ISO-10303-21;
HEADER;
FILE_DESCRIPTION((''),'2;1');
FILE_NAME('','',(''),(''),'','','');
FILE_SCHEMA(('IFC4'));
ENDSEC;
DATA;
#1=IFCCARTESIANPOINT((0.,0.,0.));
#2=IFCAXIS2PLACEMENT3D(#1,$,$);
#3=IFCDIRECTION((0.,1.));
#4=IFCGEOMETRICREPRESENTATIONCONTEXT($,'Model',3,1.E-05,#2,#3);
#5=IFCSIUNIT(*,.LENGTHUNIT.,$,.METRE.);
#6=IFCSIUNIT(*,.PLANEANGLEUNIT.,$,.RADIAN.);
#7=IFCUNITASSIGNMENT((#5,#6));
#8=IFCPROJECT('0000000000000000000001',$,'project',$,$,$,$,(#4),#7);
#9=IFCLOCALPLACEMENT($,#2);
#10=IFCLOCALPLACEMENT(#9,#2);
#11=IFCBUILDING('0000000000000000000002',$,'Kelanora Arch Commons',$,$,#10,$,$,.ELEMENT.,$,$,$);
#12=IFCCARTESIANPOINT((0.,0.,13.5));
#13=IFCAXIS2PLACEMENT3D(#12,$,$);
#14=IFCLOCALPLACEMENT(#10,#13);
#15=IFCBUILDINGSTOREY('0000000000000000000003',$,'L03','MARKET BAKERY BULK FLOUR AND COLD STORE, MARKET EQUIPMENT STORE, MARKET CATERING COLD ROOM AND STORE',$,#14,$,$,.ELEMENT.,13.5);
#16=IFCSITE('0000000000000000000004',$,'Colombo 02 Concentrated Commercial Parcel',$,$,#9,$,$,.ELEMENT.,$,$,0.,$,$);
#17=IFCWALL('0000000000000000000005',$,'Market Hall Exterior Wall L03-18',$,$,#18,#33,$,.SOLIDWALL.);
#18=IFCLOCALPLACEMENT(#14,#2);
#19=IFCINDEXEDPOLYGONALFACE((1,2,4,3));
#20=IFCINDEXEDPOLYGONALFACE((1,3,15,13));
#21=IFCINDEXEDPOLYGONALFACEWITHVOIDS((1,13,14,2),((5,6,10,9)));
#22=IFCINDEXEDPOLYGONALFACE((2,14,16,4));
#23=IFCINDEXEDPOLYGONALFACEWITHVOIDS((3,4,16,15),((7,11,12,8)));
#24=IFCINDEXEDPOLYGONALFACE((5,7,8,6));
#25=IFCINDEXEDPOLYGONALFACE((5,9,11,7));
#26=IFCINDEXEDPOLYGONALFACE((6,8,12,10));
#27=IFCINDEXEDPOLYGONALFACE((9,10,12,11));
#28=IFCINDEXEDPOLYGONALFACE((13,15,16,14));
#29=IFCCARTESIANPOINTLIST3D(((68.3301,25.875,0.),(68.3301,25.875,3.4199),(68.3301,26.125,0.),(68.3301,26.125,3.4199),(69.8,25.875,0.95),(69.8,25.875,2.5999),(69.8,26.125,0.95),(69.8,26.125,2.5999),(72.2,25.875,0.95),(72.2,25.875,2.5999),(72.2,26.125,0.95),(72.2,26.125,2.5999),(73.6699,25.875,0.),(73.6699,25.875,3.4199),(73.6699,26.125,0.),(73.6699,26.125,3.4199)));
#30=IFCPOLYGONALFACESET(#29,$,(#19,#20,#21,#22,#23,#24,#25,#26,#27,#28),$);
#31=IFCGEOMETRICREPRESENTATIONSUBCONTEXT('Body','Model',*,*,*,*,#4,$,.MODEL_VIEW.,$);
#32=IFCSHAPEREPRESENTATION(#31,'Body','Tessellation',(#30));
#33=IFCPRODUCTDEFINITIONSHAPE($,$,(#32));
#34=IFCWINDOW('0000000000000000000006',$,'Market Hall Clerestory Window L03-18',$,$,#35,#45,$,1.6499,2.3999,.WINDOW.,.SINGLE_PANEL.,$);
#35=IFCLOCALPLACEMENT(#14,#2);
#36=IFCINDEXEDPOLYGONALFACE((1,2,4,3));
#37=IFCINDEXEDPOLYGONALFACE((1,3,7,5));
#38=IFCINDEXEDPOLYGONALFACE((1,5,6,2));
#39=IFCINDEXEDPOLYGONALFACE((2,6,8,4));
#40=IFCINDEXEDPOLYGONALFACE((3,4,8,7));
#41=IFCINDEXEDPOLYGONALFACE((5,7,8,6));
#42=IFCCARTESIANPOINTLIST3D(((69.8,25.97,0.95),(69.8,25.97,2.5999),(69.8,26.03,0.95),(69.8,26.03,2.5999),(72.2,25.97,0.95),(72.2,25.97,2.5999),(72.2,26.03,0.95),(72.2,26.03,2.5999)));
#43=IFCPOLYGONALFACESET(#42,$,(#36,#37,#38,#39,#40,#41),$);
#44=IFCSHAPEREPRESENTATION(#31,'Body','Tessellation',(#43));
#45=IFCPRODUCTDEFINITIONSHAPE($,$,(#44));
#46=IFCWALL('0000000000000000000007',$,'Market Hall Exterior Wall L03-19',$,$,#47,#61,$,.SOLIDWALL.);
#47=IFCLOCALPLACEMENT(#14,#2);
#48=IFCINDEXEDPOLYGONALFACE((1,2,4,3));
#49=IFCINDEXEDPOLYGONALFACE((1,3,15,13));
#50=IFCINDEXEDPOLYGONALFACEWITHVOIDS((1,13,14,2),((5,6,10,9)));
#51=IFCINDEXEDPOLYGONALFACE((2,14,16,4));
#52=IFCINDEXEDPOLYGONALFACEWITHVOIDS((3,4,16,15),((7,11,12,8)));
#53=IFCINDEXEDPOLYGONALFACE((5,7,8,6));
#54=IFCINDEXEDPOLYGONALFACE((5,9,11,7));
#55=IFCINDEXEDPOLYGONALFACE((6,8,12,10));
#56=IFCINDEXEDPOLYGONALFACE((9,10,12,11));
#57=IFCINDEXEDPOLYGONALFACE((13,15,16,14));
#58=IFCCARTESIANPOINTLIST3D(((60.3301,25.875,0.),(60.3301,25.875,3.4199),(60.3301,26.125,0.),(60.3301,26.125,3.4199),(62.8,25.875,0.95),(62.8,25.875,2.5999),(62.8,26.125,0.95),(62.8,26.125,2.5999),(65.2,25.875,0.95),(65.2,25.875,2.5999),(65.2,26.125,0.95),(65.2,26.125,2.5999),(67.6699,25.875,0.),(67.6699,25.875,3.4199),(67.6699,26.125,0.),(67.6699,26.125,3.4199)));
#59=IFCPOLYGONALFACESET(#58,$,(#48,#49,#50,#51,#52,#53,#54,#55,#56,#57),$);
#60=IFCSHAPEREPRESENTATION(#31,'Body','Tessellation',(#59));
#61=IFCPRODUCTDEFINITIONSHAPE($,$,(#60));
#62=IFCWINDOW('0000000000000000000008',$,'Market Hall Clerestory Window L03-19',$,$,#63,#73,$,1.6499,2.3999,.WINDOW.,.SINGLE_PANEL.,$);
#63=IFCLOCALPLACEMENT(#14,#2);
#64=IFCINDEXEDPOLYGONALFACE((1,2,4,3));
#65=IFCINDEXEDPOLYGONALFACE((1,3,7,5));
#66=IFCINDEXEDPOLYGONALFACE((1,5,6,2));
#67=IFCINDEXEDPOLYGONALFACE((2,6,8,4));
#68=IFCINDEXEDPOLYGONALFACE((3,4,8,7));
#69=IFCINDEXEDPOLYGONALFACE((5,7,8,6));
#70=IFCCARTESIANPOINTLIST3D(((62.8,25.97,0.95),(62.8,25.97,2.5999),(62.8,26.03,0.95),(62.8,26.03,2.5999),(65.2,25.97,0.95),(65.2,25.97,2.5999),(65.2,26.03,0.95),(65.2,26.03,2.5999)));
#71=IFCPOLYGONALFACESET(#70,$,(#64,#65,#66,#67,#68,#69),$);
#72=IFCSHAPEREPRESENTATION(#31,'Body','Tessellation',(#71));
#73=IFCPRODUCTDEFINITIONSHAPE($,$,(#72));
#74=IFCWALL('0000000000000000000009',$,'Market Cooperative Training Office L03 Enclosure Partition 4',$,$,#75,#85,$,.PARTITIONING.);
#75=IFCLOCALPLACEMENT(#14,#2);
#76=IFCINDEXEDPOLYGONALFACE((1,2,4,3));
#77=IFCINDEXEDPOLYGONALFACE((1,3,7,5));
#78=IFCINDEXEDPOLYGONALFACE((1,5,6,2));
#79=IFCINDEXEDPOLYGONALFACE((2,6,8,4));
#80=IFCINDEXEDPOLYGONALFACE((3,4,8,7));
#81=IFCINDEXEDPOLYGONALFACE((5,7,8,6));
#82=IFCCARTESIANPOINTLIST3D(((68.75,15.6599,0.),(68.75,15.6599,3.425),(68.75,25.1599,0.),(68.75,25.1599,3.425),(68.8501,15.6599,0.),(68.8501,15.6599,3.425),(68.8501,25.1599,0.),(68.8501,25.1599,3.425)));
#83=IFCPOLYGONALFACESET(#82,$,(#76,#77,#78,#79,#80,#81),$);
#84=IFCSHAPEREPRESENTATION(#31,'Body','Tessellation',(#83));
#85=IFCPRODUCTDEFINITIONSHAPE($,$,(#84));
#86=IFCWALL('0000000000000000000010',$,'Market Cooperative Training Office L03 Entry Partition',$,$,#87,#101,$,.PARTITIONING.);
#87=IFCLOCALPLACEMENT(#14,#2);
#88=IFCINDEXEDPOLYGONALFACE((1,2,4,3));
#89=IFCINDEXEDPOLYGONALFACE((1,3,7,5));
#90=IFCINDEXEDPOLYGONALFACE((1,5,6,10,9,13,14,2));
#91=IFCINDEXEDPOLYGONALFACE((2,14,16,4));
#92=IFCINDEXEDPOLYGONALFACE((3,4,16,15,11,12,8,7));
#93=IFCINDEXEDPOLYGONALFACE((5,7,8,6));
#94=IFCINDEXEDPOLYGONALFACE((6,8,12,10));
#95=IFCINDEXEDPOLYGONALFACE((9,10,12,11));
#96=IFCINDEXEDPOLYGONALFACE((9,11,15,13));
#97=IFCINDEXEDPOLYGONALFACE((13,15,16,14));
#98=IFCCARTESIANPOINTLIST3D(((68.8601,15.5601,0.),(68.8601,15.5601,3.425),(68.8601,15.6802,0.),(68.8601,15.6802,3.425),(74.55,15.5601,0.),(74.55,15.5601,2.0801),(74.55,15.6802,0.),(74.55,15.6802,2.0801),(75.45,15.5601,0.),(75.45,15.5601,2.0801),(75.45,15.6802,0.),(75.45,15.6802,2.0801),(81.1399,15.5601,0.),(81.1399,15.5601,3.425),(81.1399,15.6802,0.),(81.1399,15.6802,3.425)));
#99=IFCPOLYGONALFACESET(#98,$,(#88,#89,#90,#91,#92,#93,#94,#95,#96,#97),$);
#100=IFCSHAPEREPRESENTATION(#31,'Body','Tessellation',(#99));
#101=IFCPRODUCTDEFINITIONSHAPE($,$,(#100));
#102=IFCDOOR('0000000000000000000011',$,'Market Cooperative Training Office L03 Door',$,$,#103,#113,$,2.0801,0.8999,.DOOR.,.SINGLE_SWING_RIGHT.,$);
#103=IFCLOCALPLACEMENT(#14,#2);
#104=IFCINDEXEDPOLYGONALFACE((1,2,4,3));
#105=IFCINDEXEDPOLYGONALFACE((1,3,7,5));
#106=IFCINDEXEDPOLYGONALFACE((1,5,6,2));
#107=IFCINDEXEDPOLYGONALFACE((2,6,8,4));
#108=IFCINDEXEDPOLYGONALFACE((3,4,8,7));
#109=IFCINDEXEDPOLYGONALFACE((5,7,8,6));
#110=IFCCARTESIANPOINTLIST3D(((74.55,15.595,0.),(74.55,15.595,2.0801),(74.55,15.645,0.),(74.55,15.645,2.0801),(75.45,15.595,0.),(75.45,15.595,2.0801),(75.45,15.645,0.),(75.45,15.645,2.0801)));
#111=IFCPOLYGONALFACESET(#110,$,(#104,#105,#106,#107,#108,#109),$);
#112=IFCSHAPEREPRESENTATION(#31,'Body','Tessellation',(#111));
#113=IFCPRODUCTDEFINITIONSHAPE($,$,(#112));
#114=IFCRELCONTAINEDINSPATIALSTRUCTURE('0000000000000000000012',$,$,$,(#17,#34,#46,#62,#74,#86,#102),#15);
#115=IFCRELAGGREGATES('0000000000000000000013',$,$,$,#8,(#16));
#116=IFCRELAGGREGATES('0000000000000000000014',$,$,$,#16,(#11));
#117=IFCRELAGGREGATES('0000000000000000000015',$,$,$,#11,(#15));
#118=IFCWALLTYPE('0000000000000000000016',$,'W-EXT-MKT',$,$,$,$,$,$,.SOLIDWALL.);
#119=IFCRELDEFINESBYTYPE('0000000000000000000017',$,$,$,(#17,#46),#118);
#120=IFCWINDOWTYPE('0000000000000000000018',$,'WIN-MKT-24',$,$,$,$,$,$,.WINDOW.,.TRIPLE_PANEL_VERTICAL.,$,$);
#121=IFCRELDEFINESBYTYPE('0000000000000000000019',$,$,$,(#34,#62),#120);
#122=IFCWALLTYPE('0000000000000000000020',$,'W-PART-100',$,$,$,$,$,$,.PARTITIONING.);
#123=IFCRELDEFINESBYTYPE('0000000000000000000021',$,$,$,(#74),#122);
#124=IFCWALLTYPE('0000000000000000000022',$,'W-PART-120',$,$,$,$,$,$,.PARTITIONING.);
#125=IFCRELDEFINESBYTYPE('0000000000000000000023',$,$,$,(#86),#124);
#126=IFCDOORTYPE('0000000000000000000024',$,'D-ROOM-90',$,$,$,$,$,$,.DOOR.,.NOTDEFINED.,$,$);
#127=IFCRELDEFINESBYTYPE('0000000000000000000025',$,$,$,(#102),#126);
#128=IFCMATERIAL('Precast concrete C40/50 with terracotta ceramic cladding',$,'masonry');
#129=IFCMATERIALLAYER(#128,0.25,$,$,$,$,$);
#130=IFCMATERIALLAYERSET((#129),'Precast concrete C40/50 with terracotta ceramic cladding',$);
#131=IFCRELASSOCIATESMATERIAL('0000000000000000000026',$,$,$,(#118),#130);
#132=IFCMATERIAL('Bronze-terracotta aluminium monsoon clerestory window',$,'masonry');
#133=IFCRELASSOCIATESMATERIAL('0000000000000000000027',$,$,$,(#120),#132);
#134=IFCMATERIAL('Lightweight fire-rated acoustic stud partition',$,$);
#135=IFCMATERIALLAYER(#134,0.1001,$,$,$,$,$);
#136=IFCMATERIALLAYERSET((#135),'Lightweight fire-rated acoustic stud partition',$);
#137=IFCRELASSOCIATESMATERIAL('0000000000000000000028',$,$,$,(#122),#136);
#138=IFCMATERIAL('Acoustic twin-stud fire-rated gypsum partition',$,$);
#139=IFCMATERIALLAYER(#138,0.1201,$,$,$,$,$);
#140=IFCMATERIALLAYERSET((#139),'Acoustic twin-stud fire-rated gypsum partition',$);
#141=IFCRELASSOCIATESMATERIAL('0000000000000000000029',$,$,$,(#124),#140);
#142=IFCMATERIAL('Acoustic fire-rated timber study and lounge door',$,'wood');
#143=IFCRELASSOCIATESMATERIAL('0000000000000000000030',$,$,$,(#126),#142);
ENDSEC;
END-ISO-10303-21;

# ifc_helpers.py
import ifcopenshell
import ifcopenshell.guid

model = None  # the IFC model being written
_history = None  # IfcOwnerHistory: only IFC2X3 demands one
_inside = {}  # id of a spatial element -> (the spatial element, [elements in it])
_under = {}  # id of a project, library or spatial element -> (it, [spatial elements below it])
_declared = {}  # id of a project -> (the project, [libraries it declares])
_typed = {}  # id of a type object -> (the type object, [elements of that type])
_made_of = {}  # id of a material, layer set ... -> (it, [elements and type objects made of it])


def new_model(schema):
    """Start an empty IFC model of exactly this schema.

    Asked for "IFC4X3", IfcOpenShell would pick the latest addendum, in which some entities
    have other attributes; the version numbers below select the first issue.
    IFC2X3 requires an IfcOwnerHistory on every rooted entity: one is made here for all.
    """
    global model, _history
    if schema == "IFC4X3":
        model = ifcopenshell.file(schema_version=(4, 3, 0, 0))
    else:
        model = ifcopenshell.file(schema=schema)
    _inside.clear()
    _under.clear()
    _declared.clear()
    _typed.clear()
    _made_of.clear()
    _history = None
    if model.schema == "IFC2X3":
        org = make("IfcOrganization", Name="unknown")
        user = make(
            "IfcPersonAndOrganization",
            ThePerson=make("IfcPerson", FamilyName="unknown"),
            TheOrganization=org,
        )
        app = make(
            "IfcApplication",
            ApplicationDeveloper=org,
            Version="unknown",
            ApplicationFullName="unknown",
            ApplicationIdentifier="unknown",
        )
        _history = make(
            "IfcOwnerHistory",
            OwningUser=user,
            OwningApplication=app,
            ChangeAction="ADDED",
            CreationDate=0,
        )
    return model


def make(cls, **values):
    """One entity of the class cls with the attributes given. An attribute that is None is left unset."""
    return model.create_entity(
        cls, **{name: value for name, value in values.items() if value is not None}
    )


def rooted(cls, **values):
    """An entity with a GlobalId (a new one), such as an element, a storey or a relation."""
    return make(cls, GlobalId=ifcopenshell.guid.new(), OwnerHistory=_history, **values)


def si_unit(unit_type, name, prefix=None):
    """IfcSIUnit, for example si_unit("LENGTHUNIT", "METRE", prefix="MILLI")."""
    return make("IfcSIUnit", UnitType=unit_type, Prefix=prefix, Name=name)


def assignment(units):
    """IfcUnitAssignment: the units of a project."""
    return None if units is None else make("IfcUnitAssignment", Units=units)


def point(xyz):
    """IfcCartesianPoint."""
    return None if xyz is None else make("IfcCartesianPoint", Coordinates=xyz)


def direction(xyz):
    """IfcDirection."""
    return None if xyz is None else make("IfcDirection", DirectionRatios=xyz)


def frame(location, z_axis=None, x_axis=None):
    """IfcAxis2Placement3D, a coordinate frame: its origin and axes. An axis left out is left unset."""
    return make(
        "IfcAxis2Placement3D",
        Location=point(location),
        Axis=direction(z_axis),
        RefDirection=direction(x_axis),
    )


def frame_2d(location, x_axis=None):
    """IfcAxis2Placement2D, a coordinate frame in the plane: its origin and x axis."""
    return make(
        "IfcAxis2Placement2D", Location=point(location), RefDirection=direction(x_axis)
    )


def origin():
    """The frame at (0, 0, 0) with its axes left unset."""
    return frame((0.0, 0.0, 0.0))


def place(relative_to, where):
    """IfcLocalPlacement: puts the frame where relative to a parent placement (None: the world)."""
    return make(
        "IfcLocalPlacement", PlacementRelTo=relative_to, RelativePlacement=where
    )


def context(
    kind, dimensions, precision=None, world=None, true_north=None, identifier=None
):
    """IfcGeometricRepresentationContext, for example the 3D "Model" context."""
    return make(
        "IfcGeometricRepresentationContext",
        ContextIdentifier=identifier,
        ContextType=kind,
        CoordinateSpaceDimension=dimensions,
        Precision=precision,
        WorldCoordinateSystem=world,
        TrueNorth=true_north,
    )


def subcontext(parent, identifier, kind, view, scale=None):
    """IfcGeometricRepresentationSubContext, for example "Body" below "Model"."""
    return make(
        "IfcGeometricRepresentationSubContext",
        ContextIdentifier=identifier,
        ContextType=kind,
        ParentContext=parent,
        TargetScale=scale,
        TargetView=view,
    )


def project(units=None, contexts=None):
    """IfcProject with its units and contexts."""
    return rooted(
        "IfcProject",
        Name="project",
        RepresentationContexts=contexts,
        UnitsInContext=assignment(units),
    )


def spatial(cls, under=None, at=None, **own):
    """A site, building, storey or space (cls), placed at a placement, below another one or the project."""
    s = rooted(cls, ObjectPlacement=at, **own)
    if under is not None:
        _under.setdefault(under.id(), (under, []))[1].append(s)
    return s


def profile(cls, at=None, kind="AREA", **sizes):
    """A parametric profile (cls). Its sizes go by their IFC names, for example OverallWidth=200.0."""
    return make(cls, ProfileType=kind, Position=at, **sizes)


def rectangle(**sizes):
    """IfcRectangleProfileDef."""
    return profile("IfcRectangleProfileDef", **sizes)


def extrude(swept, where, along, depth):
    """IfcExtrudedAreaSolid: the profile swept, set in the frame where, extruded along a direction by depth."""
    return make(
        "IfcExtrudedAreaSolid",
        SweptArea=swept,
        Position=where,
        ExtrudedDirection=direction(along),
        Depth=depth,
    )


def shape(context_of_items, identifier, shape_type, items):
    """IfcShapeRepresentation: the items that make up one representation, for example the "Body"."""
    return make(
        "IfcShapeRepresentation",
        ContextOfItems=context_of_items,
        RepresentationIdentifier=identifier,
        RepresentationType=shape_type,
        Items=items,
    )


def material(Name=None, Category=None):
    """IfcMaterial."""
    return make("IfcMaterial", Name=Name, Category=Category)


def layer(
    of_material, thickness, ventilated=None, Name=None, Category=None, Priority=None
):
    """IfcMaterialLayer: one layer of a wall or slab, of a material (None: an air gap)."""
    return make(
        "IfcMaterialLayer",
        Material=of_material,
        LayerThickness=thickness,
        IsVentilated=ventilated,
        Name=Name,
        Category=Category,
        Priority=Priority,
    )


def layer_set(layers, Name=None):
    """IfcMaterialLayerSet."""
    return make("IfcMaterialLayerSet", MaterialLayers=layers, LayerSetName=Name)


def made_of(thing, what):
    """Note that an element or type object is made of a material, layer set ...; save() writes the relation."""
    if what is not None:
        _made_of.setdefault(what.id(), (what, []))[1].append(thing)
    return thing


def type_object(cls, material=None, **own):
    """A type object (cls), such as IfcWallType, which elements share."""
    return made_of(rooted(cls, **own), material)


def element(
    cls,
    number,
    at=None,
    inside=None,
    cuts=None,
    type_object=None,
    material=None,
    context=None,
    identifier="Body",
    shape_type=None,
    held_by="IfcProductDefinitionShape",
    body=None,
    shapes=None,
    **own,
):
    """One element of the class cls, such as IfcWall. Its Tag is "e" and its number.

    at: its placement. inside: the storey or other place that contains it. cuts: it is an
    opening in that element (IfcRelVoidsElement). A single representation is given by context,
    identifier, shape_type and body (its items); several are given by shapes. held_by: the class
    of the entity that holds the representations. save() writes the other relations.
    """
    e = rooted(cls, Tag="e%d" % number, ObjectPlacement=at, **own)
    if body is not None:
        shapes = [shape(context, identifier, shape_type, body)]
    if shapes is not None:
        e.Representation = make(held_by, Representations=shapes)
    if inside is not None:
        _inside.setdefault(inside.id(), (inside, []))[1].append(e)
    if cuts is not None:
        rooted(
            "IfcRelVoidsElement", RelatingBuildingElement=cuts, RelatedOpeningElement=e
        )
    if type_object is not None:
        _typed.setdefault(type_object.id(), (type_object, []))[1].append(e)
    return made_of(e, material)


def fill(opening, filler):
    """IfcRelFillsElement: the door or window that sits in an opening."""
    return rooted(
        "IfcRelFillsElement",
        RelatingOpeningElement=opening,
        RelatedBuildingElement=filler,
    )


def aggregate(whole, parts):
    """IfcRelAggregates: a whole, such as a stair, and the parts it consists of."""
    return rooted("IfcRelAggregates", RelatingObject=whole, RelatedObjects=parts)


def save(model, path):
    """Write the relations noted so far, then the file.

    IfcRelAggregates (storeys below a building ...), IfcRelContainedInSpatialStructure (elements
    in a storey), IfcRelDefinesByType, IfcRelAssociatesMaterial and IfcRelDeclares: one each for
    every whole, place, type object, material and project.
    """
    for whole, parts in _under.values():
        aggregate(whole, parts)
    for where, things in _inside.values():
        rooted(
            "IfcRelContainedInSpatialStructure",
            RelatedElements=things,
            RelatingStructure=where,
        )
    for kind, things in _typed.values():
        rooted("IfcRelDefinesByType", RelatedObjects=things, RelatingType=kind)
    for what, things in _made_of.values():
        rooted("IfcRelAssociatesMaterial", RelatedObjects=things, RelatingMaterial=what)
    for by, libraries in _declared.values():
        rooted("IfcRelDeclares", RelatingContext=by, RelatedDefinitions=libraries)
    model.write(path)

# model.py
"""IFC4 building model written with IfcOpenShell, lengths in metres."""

from ifc_helpers import new_model, si_unit, direction, frame, frame_2d, origin, place, context, subcontext, project, spatial, rectangle, extrude, material, layer, layer_set, type_object, element, fill, save


model = new_model("IFC4")

# Units and contexts
model_context = context("Model", 3, precision=1e-05, world=origin(), true_north=direction((0.0, 1.0)))
body_context = subcontext(model_context, "Body", "Model", "MODEL_VIEW")
ifc_project = project(units=[si_unit("LENGTHUNIT", "METRE"), si_unit("PLANEANGLEUNIT", "RADIAN")], contexts=[model_context])

# Site, building, storey
site_placement = place(None, origin())
site = spatial("IfcSite", under=ifc_project, at=site_placement, Name="Colombo 02 Concentrated Commercial Parcel", CompositionType="ELEMENT", RefElevation=0.0)
building_placement = place(site_placement, origin())
building = spatial("IfcBuilding", under=site, at=building_placement, Name="Kelanora Arch Commons", CompositionType="ELEMENT")
storey_placement = place(building_placement, frame((0.0, 0.0, 13.5)))
storey = spatial("IfcBuildingStorey", under=building, at=storey_placement, Name="L03", Description="MARKET BAKERY BULK FLOUR AND COLD STORE, MARKET EQUIPMENT STORE, MARKET CATERING COLD ROOM AND STORE", CompositionType="ELEMENT", Elevation=13.5)

# Walls, openings, windows
ifc_material_1 = material(Name="Precast concrete C40/50 with terracotta ceramic cladding", Category="masonry")
ifc_layer_1 = layer(ifc_material_1, 0.25)
ifc_layer_set_1 = layer_set([ifc_layer_1], Name="Precast concrete C40/50 with terracotta ceramic cladding")
wall_type_1 = type_object("IfcWallType", Name="W-EXT-MKT", PredefinedType="SOLIDWALL", material=ifc_layer_set_1)
wall_1_placement = place(storey_placement, frame((73.6699, 26.0, 0.0), z_axis=(0.0, 0.0, 1.0), x_axis=(-1.0, 0.0, 0.0)))
wall_1 = element("IfcWall", 1, at=wall_1_placement, inside=storey, type_object=wall_type_1, Name="Market Hall Exterior Wall L03-18", PredefinedType="SOLIDWALL", context=body_context, shape_type="SweptSolid", body=[
    extrude(rectangle(XDim=5.3398, YDim=0.25, at=frame_2d((2.6699, 0.0))), origin(), (0.0, 0.0, 1.0), 3.4199),
])
opening_1_placement = place(wall_1_placement, frame((1.47, 0.0, 0.95)))
opening_1 = element("IfcOpeningElement", 2, at=opening_1_placement, cuts=wall_1, PredefinedType="OPENING", context=body_context, shape_type="SweptSolid", body=[
    extrude(rectangle(XDim=2.3999, YDim=1.6499, at=frame_2d((1.2, 0.825))), frame((0.0, 0.135, 0.0), z_axis=(0.0, -1.0, 0.0), x_axis=(1.0, 0.0, 0.0)), (0.0, 0.0, 1.0), 0.27),
])
ifc_material_2 = material(Name="Bronze-terracotta aluminium monsoon clerestory window", Category="masonry")
window_type = type_object("IfcWindowType", Name="WIN-MKT-24", PartitioningType="TRIPLE_PANEL_VERTICAL", PredefinedType="WINDOW", material=ifc_material_2)
window_1_placement = place(opening_1_placement, origin())
window_1 = element("IfcWindow", 3, at=window_1_placement, inside=storey, type_object=window_type, Name="Market Hall Clerestory Window L03-18", OverallHeight=1.6499, OverallWidth=2.3999, PartitioningType="SINGLE_PANEL", PredefinedType="WINDOW", context=body_context, shape_type="SweptSolid", body=[
    extrude(rectangle(XDim=2.3999, YDim=1.6499, at=frame_2d((1.2, 0.825))), frame((0.0, 0.03, 0.0), z_axis=(0.0, -1.0, 0.0), x_axis=(1.0, 0.0, 0.0)), (0.0, 0.0, 1.0), 0.0601),
])
fill(opening_1, window_1)
wall_2_placement = place(storey_placement, frame((67.6699, 26.0, 0.0), z_axis=(0.0, 0.0, 1.0), x_axis=(-1.0, 0.0, 0.0)))
wall_2 = element("IfcWall", 4, at=wall_2_placement, inside=storey, type_object=wall_type_1, Name="Market Hall Exterior Wall L03-19", PredefinedType="SOLIDWALL", context=body_context, shape_type="SweptSolid", body=[
    extrude(rectangle(XDim=7.3398, YDim=0.25, at=frame_2d((3.6699, 0.0))), origin(), (0.0, 0.0, 1.0), 3.4199),
])
opening_2_placement = place(wall_2_placement, frame((2.47, 0.0, 0.95)))
opening_2 = element("IfcOpeningElement", 5, at=opening_2_placement, cuts=wall_2, PredefinedType="OPENING", context=body_context, shape_type="SweptSolid", body=[
    extrude(rectangle(XDim=2.3999, YDim=1.6499, at=frame_2d((1.2, 0.825))), frame((0.0, 0.135, 0.0), z_axis=(0.0, -1.0, 0.0), x_axis=(1.0, 0.0, 0.0)), (0.0, 0.0, 1.0), 0.27),
])
window_2_placement = place(opening_2_placement, origin())
window_2 = element("IfcWindow", 6, at=window_2_placement, inside=storey, type_object=window_type, Name="Market Hall Clerestory Window L03-19", OverallHeight=1.6499, OverallWidth=2.3999, PartitioningType="SINGLE_PANEL", PredefinedType="WINDOW", context=body_context, shape_type="SweptSolid", body=[
    extrude(rectangle(XDim=2.3999, YDim=1.6499, at=frame_2d((1.2, 0.825))), frame((0.0, 0.03, 0.0), z_axis=(0.0, -1.0, 0.0), x_axis=(1.0, 0.0, 0.0)), (0.0, 0.0, 1.0), 0.0601),
])
fill(opening_2, window_2)

# Wall
ifc_material_3 = material(Name="Lightweight fire-rated acoustic stud partition")
ifc_layer_2 = layer(ifc_material_3, 0.1001)
ifc_layer_set_2 = layer_set([ifc_layer_2], Name="Lightweight fire-rated acoustic stud partition")
wall_type_2 = type_object("IfcWallType", Name="W-PART-100", PredefinedType="PARTITIONING", material=ifc_layer_set_2)
wall_3_placement = place(storey_placement, frame((68.8, 25.1599, 0.0), z_axis=(0.0, 0.0, 1.0), x_axis=(0.0, -1.0, 0.0)))
element("IfcWall", 7, at=wall_3_placement, inside=storey, type_object=wall_type_2, Name="Market Cooperative Training Office L03 Enclosure Partition 4", PredefinedType="PARTITIONING", context=body_context, shape_type="SweptSolid", body=[
    extrude(rectangle(XDim=9.5, YDim=0.1001, at=frame_2d((4.75, 0.0))), origin(), (0.0, 0.0, 1.0), 3.425),
])

# Wall, opening, door
ifc_material_4 = material(Name="Acoustic twin-stud fire-rated gypsum partition")
ifc_layer_3 = layer(ifc_material_4, 0.1201)
ifc_layer_set_3 = layer_set([ifc_layer_3], Name="Acoustic twin-stud fire-rated gypsum partition")
wall_type_3 = type_object("IfcWallType", Name="W-PART-120", PredefinedType="PARTITIONING", material=ifc_layer_set_3)
wall_4_placement = place(storey_placement, frame((68.8601, 15.6201, 0.0), z_axis=(0.0, 0.0, 1.0), x_axis=(1.0, 0.0, 0.0)))
wall_4 = element("IfcWall", 8, at=wall_4_placement, inside=storey, type_object=wall_type_3, Name="Market Cooperative Training Office L03 Entry Partition", PredefinedType="PARTITIONING", context=body_context, shape_type="SweptSolid", body=[
    extrude(rectangle(XDim=12.2798, YDim=0.1201, at=frame_2d((6.1399, 0.0))), origin(), (0.0, 0.0, 1.0), 3.425),
])
opening_3_placement = place(wall_4_placement, frame((5.6899, 0.0, 0.0)))
opening_3 = element("IfcOpeningElement", 9, at=opening_3_placement, cuts=wall_4, PredefinedType="OPENING", context=body_context, shape_type="SweptSolid", body=[
    extrude(rectangle(XDim=0.8999, YDim=2.0801, at=frame_2d((0.45, 1.04))), frame((0.0, 0.0701, 0.0), z_axis=(0.0, -1.0, 0.0), x_axis=(1.0, 0.0, 0.0)), (0.0, 0.0, 1.0), 0.1401),
])
ifc_material_5 = material(Name="Acoustic fire-rated timber study and lounge door", Category="wood")
door_type = type_object("IfcDoorType", Name="D-ROOM-90", OperationType="NOTDEFINED", PredefinedType="DOOR", material=ifc_material_5)
door_placement = place(opening_3_placement, origin())
door = element("IfcDoor", 10, at=door_placement, inside=storey, type_object=door_type, Name="Market Cooperative Training Office L03 Door", OperationType="SINGLE_SWING_RIGHT", OverallHeight=2.0801, OverallWidth=0.8999, PredefinedType="DOOR", context=body_context, shape_type="SweptSolid", body=[
    extrude(rectangle(XDim=0.8999, YDim=2.0801, at=frame_2d((0.45, 1.04))), frame((0.0, 0.0249, 0.0), z_axis=(0.0, -1.0, 0.0), x_axis=(1.0, 0.0, 0.0)), (0.0, 0.0, 1.0), 0.05),
])
fill(opening_3, door)

save(model, "model.ifc")
